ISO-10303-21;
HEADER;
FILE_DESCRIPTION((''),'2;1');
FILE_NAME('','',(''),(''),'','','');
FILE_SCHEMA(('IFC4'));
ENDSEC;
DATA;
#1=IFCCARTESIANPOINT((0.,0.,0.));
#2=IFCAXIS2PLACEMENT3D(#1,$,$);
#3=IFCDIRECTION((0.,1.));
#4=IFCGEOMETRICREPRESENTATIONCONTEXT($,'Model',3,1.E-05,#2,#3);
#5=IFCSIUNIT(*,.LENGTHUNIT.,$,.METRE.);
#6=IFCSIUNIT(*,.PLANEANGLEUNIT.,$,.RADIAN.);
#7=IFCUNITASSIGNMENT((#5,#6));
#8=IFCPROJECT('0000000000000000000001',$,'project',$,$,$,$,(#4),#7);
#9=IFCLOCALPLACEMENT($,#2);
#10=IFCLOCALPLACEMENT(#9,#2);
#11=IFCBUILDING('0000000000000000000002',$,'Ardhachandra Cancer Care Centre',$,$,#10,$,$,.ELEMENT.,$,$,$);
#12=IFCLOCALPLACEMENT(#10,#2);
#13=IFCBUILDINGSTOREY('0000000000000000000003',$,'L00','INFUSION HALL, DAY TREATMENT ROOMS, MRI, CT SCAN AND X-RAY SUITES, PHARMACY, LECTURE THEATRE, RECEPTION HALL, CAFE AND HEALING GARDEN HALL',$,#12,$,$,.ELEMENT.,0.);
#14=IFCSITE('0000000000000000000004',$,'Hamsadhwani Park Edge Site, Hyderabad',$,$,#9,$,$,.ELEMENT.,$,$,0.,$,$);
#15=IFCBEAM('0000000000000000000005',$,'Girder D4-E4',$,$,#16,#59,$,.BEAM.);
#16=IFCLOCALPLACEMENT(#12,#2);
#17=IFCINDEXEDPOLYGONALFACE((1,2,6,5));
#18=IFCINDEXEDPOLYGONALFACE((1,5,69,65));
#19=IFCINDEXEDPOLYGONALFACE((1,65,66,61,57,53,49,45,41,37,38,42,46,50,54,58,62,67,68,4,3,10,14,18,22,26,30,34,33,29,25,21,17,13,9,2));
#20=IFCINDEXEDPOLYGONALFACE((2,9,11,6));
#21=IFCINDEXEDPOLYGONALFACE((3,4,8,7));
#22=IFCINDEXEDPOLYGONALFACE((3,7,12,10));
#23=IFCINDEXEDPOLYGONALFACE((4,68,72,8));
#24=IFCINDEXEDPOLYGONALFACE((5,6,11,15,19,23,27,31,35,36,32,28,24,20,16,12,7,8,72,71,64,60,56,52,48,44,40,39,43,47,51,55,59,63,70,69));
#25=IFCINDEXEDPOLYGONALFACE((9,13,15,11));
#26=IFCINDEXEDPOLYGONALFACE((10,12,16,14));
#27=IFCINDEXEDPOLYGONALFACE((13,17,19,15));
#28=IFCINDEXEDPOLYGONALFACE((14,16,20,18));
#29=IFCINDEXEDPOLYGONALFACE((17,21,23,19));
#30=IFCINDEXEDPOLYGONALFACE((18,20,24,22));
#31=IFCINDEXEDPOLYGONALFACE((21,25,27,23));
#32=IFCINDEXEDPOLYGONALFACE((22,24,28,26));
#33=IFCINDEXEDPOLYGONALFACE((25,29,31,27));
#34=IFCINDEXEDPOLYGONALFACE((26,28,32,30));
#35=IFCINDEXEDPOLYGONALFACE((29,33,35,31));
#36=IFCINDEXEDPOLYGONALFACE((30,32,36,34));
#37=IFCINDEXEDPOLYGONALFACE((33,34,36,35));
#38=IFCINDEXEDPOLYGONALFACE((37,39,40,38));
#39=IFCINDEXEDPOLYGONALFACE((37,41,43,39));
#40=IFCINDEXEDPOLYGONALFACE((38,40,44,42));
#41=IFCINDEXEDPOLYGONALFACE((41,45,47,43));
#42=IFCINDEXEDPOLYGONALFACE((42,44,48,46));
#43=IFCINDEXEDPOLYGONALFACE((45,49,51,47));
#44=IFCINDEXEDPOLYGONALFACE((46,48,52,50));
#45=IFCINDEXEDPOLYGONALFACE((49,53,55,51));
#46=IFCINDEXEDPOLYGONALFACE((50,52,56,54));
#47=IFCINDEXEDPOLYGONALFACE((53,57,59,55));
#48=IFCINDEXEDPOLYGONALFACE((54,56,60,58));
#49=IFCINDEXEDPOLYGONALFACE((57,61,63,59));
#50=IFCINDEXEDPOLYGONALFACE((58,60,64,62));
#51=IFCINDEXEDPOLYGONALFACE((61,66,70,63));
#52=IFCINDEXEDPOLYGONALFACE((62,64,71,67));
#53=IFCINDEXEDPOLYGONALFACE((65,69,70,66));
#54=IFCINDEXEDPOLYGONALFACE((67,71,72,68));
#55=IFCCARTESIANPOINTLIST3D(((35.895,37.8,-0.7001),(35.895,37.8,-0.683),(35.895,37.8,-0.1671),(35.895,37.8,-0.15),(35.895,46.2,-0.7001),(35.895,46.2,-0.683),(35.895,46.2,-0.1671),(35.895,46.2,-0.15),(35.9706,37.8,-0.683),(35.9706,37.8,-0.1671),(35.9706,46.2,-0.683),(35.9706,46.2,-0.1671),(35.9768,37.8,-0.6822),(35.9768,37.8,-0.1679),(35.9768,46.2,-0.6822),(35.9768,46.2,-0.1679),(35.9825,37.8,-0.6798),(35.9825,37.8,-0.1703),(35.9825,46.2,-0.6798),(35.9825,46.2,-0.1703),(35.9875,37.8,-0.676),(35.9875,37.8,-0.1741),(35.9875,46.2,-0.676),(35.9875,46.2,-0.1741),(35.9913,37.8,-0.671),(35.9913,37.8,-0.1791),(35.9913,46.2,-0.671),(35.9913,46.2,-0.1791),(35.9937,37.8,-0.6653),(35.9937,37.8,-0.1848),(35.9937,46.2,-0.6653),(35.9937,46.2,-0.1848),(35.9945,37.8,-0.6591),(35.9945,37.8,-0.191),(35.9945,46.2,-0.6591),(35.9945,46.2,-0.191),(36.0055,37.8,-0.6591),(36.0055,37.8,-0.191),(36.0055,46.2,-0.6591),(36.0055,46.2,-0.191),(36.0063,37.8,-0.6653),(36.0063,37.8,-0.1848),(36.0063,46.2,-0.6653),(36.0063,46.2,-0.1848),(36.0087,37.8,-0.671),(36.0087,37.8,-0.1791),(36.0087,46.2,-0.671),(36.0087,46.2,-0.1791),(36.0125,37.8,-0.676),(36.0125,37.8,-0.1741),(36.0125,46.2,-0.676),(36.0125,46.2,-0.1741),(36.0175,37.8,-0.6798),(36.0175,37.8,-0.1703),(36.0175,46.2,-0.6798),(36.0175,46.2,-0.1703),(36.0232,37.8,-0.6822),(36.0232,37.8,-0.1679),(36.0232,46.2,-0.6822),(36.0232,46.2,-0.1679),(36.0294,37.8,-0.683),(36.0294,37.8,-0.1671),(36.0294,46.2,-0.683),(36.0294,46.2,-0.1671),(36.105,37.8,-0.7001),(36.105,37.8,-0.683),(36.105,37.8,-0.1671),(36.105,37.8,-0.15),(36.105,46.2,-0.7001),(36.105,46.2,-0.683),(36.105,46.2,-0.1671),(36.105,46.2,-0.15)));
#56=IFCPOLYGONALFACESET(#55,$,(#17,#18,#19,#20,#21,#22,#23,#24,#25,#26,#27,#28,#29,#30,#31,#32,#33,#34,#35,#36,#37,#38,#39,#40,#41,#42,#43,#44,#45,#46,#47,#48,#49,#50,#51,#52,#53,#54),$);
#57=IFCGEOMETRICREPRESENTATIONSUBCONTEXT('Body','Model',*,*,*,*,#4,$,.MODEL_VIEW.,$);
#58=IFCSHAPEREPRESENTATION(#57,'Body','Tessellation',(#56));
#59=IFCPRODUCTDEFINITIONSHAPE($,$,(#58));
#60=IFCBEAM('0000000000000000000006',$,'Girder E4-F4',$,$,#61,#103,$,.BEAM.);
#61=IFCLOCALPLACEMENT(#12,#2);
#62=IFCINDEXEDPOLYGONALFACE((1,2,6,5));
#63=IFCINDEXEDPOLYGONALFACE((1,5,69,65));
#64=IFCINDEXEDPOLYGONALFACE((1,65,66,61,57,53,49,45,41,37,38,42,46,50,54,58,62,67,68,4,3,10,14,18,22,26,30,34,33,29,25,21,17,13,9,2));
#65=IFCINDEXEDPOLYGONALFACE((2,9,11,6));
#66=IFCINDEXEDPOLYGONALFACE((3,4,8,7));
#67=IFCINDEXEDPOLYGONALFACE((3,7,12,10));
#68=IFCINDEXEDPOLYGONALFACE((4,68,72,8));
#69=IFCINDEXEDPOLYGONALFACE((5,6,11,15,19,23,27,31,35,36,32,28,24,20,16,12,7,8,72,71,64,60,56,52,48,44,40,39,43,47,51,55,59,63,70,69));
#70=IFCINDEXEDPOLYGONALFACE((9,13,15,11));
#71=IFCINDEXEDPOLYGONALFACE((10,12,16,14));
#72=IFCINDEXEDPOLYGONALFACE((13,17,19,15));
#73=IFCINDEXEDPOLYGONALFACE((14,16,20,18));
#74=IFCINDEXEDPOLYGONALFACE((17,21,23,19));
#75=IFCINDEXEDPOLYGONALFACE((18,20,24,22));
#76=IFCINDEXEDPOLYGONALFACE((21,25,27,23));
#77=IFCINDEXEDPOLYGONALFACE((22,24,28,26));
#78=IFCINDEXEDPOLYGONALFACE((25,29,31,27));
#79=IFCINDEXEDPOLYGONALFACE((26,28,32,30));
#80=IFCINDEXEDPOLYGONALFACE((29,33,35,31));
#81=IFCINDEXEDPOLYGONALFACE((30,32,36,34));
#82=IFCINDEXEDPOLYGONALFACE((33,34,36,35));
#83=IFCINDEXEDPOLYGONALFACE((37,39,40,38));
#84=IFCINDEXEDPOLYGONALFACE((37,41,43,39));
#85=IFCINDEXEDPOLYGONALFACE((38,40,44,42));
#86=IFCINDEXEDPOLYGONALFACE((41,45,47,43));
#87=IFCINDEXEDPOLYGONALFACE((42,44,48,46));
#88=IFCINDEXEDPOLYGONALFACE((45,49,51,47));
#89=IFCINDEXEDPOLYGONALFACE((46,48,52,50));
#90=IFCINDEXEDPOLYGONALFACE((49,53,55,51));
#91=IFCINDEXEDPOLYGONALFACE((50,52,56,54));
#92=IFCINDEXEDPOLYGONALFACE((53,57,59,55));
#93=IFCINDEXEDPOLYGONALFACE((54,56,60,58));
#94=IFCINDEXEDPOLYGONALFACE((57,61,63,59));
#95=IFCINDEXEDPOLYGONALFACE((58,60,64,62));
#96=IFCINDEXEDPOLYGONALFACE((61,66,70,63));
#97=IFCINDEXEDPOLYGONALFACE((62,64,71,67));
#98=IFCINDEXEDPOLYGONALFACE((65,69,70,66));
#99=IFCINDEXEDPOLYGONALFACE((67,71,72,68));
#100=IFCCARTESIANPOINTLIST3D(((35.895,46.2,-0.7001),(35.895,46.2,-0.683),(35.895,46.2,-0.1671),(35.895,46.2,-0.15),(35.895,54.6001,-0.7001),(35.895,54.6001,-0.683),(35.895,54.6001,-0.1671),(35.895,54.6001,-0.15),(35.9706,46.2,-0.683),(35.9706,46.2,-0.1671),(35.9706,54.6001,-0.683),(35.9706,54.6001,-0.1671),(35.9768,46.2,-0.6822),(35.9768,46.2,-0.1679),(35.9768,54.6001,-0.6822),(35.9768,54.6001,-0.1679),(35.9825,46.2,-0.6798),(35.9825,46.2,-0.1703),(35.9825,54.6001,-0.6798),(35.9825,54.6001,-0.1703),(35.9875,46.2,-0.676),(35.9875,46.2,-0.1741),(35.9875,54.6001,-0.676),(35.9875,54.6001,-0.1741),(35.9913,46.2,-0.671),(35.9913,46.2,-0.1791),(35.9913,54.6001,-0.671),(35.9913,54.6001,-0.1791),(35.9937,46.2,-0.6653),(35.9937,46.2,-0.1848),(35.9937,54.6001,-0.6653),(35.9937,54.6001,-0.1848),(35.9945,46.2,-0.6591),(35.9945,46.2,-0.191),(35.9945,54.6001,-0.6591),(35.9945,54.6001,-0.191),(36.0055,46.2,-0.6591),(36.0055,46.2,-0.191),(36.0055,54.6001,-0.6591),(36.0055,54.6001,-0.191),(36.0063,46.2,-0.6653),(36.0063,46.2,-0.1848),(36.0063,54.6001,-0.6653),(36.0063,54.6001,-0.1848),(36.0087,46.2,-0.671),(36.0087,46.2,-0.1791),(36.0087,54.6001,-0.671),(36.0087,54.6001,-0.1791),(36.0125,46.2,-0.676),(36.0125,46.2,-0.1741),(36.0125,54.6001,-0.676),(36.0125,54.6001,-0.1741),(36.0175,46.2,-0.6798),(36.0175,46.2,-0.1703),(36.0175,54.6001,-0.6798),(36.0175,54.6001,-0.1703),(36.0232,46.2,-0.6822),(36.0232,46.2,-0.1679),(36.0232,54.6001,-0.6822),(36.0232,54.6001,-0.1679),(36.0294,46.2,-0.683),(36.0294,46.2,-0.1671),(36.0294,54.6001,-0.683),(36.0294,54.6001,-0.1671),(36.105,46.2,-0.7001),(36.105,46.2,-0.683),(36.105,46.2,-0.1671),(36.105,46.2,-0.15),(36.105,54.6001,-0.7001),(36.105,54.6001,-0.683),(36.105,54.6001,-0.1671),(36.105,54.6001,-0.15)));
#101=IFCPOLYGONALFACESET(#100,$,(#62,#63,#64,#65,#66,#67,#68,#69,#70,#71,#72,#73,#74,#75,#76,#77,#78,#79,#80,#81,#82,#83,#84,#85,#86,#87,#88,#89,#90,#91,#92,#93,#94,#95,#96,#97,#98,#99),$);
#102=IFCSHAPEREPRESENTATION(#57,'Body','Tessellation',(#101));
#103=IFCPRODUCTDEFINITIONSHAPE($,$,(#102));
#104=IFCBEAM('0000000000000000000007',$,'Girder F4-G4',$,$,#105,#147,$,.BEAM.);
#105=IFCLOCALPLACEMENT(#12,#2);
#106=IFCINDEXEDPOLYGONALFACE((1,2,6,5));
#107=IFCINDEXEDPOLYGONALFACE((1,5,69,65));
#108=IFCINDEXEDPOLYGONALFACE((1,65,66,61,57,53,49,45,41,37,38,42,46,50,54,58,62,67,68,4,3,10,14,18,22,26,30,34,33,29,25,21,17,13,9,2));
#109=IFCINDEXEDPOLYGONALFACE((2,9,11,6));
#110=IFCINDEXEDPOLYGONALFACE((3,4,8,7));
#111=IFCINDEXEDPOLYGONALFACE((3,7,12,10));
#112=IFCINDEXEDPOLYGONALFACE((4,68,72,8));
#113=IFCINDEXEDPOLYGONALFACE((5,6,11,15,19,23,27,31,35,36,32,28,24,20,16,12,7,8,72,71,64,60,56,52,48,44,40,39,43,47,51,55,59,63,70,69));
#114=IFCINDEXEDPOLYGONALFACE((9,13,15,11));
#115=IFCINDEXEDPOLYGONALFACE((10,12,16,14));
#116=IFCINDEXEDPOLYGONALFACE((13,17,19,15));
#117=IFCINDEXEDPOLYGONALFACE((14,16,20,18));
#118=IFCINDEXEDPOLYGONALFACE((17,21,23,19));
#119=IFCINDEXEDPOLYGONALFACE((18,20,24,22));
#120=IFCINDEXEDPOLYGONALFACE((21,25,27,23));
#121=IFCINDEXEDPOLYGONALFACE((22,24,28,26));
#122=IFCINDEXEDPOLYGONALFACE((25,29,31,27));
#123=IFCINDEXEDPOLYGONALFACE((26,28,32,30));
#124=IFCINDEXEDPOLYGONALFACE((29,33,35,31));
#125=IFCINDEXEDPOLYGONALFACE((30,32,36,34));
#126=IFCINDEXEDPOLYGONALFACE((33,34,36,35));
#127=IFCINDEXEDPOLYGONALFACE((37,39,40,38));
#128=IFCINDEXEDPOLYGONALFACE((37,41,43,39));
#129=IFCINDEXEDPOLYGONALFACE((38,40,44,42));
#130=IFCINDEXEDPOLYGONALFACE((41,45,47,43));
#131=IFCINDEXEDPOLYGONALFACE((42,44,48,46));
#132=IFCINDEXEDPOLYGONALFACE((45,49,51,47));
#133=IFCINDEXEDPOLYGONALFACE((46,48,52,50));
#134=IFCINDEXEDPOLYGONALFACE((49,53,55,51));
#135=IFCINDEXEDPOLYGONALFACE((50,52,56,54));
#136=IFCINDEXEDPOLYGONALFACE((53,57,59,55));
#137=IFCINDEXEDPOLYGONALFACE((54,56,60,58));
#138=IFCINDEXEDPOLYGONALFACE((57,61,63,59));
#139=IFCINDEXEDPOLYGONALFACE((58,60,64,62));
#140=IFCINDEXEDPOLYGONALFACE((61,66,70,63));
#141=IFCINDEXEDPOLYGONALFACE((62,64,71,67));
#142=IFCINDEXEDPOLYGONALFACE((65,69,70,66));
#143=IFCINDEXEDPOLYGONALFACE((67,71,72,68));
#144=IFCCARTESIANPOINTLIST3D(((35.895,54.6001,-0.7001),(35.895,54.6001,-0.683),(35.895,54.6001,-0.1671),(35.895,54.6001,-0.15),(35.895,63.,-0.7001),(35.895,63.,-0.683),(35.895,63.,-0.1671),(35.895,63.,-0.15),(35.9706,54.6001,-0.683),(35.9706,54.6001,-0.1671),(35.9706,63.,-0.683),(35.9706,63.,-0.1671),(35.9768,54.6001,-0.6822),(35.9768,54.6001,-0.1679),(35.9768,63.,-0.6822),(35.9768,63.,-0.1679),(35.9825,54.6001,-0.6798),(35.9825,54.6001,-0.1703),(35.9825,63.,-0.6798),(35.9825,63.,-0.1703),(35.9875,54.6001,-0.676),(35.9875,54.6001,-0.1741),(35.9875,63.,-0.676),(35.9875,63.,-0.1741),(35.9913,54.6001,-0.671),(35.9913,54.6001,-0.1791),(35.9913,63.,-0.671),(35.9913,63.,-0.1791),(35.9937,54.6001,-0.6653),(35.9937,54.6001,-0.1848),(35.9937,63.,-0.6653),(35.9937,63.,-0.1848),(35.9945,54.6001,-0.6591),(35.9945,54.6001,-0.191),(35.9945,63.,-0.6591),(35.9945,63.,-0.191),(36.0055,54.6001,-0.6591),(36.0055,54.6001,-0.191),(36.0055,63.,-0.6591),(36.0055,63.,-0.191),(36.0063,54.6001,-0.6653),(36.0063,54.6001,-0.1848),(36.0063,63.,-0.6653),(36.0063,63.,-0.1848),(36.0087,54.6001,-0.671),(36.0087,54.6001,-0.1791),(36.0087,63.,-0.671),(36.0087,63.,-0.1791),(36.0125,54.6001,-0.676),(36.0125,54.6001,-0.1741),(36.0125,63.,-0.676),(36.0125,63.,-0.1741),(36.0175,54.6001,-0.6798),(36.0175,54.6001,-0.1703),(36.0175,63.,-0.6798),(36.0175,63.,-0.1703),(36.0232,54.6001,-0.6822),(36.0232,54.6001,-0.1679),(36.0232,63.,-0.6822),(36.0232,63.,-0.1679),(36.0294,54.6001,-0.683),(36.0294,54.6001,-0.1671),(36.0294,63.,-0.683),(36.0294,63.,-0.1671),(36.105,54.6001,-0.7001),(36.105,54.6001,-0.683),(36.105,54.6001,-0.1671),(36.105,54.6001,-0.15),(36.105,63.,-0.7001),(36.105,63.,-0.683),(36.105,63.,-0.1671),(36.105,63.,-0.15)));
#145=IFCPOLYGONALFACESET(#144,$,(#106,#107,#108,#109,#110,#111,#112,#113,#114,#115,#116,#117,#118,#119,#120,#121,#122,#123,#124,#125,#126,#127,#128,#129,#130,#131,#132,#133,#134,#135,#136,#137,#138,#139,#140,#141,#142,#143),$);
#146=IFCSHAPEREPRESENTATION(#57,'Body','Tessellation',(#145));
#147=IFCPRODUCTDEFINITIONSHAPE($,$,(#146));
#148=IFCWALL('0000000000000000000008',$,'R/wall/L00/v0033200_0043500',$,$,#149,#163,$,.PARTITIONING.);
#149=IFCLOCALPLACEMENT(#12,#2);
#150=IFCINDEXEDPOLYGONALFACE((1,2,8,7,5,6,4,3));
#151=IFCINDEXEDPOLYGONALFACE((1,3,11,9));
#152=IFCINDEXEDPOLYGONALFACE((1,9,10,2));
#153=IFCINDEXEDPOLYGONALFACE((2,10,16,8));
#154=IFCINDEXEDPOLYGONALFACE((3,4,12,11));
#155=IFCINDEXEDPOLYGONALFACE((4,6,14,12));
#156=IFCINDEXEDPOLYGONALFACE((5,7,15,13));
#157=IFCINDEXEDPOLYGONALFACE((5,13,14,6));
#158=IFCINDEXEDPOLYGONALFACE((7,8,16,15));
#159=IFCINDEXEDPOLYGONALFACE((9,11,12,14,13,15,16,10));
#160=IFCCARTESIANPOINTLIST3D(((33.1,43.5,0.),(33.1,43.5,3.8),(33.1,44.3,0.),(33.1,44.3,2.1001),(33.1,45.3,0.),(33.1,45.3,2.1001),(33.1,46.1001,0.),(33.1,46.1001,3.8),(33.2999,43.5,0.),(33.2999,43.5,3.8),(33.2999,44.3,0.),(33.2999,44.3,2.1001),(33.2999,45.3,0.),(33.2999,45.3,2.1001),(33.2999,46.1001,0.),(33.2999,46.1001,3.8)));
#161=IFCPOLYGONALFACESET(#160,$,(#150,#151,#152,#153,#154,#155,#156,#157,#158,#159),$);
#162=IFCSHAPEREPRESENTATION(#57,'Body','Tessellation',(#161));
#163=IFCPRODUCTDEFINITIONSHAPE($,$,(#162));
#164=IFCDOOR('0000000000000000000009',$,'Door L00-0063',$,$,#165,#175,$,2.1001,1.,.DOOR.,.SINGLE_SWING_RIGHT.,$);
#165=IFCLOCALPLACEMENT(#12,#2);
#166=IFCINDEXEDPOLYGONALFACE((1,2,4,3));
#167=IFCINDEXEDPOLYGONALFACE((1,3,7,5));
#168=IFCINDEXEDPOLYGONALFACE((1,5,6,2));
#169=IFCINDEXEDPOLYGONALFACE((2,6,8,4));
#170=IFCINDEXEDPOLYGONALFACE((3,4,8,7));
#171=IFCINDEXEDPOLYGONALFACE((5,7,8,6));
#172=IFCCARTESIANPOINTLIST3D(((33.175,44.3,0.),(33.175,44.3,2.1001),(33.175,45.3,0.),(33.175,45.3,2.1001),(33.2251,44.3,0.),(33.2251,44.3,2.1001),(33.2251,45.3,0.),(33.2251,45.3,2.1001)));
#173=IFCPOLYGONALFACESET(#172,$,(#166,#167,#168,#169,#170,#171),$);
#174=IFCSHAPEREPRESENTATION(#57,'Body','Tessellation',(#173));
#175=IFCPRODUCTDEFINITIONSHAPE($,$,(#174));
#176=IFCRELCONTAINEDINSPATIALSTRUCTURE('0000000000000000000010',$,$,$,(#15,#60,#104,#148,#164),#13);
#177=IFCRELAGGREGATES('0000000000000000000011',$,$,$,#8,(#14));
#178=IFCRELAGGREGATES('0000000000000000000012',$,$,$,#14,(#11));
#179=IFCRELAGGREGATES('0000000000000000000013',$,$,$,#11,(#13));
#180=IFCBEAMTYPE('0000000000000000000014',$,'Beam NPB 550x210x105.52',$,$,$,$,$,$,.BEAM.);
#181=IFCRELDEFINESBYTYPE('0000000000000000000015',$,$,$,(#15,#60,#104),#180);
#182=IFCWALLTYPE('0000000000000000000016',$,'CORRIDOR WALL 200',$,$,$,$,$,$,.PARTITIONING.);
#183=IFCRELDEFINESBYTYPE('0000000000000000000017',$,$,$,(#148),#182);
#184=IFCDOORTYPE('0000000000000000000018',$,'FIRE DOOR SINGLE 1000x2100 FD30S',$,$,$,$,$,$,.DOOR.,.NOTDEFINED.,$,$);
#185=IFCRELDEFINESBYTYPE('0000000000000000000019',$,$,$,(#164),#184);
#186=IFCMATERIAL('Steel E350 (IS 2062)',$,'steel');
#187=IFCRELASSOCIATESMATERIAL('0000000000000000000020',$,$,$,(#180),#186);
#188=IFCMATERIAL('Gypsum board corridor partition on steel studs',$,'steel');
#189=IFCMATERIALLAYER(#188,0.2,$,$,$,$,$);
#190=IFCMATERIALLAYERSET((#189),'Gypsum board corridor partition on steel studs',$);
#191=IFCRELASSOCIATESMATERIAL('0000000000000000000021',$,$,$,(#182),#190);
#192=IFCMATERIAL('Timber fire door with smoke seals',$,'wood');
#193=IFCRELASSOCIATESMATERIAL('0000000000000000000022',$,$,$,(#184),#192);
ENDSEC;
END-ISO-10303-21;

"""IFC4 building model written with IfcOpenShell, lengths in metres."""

from ifc_helpers import new_model, si_unit, direction, frame, frame_2d, origin, origin_2d, place, context, subcontext, project, spatial, rectangle, i_section, extrude, material, layer, layer_set, material_profile, profile_set, type_object, element, fill, save


model = new_model("IFC4")

# Units and contexts
model_context = context("Model", 3, precision=1e-05, world=origin(), true_north=direction((0.0, 1.0)))
body_context = subcontext(model_context, "Body", "Model", "MODEL_VIEW")
ifc_project = project(units=[si_unit("LENGTHUNIT", "METRE"), si_unit("PLANEANGLEUNIT", "RADIAN")], contexts=[model_context])

# Site, building, storey
site_placement = place(None, origin())
site = spatial("IfcSite", under=ifc_project, at=site_placement, Name="Hamsadhwani Park Edge Site, Hyderabad", CompositionType="ELEMENT", RefElevation=0.0)
building_placement = place(site_placement, origin())
building = spatial("IfcBuilding", under=site, at=building_placement, Name="Ardhachandra Cancer Care Centre", CompositionType="ELEMENT")
storey_placement = place(building_placement, origin())
storey = spatial("IfcBuildingStorey", under=building, at=storey_placement, Name="L00", Description="INFUSION HALL, DAY TREATMENT ROOMS, MRI, CT SCAN AND X-RAY SUITES, PHARMACY, LECTURE THEATRE, RECEPTION HALL, CAFE AND HEALING GARDEN HALL", CompositionType="ELEMENT", Elevation=0.0)

# Beams
ifc_material_1 = material(Name="Steel E350 (IS 2062)", Category="steel")
ifc_material_profile_1 = material_profile(ifc_material_1, i_section(OverallWidth=0.21, OverallDepth=0.55, WebThickness=0.011, FlangeThickness=0.0171, FilletRadius=0.0239, at=origin_2d()), Name="NPB 550x210x105.52")
ifc_profile_set_1 = profile_set([ifc_material_profile_1], Name="Steel E350 (IS 2062)")
beam_type_1 = type_object("IfcBeamType", Name="Beam NPB 550x210x105.52", PredefinedType="BEAM", material=ifc_profile_set_1)
for number, where, z_axis, x_axis, name in (
    (1, (36.0, 37.8, -0.425), (0.0, 1.0, 0.0), (-1.0, 0.0, 0.0), "Girder D4-E4"),
):
    element("IfcBeam", number, at=place(storey_placement, frame(where, z_axis=z_axis, x_axis=x_axis)), inside=storey, type_object=beam_type_1, Name=name, PredefinedType="BEAM", context=body_context, shape_type="SweptSolid", body=[
        extrude(i_section(OverallWidth=0.21, OverallDepth=0.55, WebThickness=0.011, FlangeThickness=0.0171, FilletRadius=0.0239, at=origin_2d()), origin(), (0.0, 0.0, 1.0), 8.3999),
    ])
beam_1_placement = place(storey_placement, frame((36.0, 46.2, -0.425), z_axis=(0.0, 1.0, 0.0), x_axis=(-1.0, 0.0, 0.0)))
element("IfcBeam", 2, at=beam_1_placement, inside=storey, type_object=beam_type_1, Name="Girder E4-F4", PredefinedType="BEAM", context=body_context, shape_type="SweptSolid", body=[
    extrude(i_section(OverallWidth=0.21, OverallDepth=0.55, WebThickness=0.011, FlangeThickness=0.0171, FilletRadius=0.0239, at=origin_2d()), origin(), (0.0, 0.0, 1.0), 8.4001),
])
beam_2_placement = place(storey_placement, frame((36.0, 54.6001, -0.425), z_axis=(0.0, 1.0, 0.0), x_axis=(-1.0, 0.0, 0.0)))
element("IfcBeam", 3, at=beam_2_placement, inside=storey, type_object=beam_type_1, Name="Girder F4-G4", PredefinedType="BEAM", context=body_context, shape_type="SweptSolid", body=[
    extrude(i_section(OverallWidth=0.21, OverallDepth=0.55, WebThickness=0.011, FlangeThickness=0.0171, FilletRadius=0.0239, at=origin_2d()), origin(), (0.0, 0.0, 1.0), 8.3999),
])

# Wall, opening, door
ifc_material_2 = material(Name="Gypsum board corridor partition on steel studs", Category="steel")
ifc_layer_1 = layer(ifc_material_2, 0.2)
ifc_layer_set_1 = layer_set([ifc_layer_1], Name="Gypsum board corridor partition on steel studs")
wall_type_1 = type_object("IfcWallType", Name="CORRIDOR WALL 200", PredefinedType="PARTITIONING", material=ifc_layer_set_1)
wall_1_placement = place(storey_placement, frame((33.2, 43.5, 0.0), z_axis=(0.0, 0.0, 1.0), x_axis=(0.0, 1.0, 0.0)))
wall_1 = element("IfcWall", 4, at=wall_1_placement, inside=storey, type_object=wall_type_1, Name="R/wall/L00/v0033200_0043500", PredefinedType="PARTITIONING", context=body_context, shape_type="SweptSolid", body=[
    extrude(rectangle(XDim=2.6001, YDim=0.2, at=frame_2d((1.3, 0.0))), origin(), (0.0, 0.0, 1.0), 3.8),
])
opening_1_placement = place(wall_1_placement, frame((0.8, 0.0, 0.0)))
opening_1 = element("IfcOpeningElement", 5, at=opening_1_placement, cuts=wall_1, PredefinedType="OPENING", context=body_context, shape_type="SweptSolid", body=[
    extrude(rectangle(XDim=1.0, YDim=2.1001, at=frame_2d((0.5, 1.05))), frame((0.0, 0.1099, 0.0), z_axis=(0.0, -1.0, 0.0), x_axis=(1.0, 0.0, 0.0)), (0.0, 0.0, 1.0), 0.22),
])
ifc_material_3 = material(Name="Timber fire door with smoke seals", Category="wood")
door_type_1 = type_object("IfcDoorType", Name="FIRE DOOR SINGLE 1000x2100 FD30S", OperationType="NOTDEFINED", PredefinedType="DOOR", material=ifc_material_3)
door_1_placement = place(opening_1_placement, origin())
door_1 = element("IfcDoor", 6, at=door_1_placement, inside=storey, type_object=door_type_1, Name="Door L00-0063", OperationType="SINGLE_SWING_RIGHT", OverallHeight=2.1001, OverallWidth=1.0, PredefinedType="DOOR", context=body_context, shape_type="SweptSolid", body=[
    extrude(rectangle(XDim=1.0, YDim=2.1001, at=frame_2d((0.5, 1.05))), frame((0.0, 0.0249, 0.0), z_axis=(0.0, -1.0, 0.0), x_axis=(1.0, 0.0, 0.0)), (0.0, 0.0, 1.0), 0.05),
])
fill(opening_1, door_1)

save(model, "model.ifc")
